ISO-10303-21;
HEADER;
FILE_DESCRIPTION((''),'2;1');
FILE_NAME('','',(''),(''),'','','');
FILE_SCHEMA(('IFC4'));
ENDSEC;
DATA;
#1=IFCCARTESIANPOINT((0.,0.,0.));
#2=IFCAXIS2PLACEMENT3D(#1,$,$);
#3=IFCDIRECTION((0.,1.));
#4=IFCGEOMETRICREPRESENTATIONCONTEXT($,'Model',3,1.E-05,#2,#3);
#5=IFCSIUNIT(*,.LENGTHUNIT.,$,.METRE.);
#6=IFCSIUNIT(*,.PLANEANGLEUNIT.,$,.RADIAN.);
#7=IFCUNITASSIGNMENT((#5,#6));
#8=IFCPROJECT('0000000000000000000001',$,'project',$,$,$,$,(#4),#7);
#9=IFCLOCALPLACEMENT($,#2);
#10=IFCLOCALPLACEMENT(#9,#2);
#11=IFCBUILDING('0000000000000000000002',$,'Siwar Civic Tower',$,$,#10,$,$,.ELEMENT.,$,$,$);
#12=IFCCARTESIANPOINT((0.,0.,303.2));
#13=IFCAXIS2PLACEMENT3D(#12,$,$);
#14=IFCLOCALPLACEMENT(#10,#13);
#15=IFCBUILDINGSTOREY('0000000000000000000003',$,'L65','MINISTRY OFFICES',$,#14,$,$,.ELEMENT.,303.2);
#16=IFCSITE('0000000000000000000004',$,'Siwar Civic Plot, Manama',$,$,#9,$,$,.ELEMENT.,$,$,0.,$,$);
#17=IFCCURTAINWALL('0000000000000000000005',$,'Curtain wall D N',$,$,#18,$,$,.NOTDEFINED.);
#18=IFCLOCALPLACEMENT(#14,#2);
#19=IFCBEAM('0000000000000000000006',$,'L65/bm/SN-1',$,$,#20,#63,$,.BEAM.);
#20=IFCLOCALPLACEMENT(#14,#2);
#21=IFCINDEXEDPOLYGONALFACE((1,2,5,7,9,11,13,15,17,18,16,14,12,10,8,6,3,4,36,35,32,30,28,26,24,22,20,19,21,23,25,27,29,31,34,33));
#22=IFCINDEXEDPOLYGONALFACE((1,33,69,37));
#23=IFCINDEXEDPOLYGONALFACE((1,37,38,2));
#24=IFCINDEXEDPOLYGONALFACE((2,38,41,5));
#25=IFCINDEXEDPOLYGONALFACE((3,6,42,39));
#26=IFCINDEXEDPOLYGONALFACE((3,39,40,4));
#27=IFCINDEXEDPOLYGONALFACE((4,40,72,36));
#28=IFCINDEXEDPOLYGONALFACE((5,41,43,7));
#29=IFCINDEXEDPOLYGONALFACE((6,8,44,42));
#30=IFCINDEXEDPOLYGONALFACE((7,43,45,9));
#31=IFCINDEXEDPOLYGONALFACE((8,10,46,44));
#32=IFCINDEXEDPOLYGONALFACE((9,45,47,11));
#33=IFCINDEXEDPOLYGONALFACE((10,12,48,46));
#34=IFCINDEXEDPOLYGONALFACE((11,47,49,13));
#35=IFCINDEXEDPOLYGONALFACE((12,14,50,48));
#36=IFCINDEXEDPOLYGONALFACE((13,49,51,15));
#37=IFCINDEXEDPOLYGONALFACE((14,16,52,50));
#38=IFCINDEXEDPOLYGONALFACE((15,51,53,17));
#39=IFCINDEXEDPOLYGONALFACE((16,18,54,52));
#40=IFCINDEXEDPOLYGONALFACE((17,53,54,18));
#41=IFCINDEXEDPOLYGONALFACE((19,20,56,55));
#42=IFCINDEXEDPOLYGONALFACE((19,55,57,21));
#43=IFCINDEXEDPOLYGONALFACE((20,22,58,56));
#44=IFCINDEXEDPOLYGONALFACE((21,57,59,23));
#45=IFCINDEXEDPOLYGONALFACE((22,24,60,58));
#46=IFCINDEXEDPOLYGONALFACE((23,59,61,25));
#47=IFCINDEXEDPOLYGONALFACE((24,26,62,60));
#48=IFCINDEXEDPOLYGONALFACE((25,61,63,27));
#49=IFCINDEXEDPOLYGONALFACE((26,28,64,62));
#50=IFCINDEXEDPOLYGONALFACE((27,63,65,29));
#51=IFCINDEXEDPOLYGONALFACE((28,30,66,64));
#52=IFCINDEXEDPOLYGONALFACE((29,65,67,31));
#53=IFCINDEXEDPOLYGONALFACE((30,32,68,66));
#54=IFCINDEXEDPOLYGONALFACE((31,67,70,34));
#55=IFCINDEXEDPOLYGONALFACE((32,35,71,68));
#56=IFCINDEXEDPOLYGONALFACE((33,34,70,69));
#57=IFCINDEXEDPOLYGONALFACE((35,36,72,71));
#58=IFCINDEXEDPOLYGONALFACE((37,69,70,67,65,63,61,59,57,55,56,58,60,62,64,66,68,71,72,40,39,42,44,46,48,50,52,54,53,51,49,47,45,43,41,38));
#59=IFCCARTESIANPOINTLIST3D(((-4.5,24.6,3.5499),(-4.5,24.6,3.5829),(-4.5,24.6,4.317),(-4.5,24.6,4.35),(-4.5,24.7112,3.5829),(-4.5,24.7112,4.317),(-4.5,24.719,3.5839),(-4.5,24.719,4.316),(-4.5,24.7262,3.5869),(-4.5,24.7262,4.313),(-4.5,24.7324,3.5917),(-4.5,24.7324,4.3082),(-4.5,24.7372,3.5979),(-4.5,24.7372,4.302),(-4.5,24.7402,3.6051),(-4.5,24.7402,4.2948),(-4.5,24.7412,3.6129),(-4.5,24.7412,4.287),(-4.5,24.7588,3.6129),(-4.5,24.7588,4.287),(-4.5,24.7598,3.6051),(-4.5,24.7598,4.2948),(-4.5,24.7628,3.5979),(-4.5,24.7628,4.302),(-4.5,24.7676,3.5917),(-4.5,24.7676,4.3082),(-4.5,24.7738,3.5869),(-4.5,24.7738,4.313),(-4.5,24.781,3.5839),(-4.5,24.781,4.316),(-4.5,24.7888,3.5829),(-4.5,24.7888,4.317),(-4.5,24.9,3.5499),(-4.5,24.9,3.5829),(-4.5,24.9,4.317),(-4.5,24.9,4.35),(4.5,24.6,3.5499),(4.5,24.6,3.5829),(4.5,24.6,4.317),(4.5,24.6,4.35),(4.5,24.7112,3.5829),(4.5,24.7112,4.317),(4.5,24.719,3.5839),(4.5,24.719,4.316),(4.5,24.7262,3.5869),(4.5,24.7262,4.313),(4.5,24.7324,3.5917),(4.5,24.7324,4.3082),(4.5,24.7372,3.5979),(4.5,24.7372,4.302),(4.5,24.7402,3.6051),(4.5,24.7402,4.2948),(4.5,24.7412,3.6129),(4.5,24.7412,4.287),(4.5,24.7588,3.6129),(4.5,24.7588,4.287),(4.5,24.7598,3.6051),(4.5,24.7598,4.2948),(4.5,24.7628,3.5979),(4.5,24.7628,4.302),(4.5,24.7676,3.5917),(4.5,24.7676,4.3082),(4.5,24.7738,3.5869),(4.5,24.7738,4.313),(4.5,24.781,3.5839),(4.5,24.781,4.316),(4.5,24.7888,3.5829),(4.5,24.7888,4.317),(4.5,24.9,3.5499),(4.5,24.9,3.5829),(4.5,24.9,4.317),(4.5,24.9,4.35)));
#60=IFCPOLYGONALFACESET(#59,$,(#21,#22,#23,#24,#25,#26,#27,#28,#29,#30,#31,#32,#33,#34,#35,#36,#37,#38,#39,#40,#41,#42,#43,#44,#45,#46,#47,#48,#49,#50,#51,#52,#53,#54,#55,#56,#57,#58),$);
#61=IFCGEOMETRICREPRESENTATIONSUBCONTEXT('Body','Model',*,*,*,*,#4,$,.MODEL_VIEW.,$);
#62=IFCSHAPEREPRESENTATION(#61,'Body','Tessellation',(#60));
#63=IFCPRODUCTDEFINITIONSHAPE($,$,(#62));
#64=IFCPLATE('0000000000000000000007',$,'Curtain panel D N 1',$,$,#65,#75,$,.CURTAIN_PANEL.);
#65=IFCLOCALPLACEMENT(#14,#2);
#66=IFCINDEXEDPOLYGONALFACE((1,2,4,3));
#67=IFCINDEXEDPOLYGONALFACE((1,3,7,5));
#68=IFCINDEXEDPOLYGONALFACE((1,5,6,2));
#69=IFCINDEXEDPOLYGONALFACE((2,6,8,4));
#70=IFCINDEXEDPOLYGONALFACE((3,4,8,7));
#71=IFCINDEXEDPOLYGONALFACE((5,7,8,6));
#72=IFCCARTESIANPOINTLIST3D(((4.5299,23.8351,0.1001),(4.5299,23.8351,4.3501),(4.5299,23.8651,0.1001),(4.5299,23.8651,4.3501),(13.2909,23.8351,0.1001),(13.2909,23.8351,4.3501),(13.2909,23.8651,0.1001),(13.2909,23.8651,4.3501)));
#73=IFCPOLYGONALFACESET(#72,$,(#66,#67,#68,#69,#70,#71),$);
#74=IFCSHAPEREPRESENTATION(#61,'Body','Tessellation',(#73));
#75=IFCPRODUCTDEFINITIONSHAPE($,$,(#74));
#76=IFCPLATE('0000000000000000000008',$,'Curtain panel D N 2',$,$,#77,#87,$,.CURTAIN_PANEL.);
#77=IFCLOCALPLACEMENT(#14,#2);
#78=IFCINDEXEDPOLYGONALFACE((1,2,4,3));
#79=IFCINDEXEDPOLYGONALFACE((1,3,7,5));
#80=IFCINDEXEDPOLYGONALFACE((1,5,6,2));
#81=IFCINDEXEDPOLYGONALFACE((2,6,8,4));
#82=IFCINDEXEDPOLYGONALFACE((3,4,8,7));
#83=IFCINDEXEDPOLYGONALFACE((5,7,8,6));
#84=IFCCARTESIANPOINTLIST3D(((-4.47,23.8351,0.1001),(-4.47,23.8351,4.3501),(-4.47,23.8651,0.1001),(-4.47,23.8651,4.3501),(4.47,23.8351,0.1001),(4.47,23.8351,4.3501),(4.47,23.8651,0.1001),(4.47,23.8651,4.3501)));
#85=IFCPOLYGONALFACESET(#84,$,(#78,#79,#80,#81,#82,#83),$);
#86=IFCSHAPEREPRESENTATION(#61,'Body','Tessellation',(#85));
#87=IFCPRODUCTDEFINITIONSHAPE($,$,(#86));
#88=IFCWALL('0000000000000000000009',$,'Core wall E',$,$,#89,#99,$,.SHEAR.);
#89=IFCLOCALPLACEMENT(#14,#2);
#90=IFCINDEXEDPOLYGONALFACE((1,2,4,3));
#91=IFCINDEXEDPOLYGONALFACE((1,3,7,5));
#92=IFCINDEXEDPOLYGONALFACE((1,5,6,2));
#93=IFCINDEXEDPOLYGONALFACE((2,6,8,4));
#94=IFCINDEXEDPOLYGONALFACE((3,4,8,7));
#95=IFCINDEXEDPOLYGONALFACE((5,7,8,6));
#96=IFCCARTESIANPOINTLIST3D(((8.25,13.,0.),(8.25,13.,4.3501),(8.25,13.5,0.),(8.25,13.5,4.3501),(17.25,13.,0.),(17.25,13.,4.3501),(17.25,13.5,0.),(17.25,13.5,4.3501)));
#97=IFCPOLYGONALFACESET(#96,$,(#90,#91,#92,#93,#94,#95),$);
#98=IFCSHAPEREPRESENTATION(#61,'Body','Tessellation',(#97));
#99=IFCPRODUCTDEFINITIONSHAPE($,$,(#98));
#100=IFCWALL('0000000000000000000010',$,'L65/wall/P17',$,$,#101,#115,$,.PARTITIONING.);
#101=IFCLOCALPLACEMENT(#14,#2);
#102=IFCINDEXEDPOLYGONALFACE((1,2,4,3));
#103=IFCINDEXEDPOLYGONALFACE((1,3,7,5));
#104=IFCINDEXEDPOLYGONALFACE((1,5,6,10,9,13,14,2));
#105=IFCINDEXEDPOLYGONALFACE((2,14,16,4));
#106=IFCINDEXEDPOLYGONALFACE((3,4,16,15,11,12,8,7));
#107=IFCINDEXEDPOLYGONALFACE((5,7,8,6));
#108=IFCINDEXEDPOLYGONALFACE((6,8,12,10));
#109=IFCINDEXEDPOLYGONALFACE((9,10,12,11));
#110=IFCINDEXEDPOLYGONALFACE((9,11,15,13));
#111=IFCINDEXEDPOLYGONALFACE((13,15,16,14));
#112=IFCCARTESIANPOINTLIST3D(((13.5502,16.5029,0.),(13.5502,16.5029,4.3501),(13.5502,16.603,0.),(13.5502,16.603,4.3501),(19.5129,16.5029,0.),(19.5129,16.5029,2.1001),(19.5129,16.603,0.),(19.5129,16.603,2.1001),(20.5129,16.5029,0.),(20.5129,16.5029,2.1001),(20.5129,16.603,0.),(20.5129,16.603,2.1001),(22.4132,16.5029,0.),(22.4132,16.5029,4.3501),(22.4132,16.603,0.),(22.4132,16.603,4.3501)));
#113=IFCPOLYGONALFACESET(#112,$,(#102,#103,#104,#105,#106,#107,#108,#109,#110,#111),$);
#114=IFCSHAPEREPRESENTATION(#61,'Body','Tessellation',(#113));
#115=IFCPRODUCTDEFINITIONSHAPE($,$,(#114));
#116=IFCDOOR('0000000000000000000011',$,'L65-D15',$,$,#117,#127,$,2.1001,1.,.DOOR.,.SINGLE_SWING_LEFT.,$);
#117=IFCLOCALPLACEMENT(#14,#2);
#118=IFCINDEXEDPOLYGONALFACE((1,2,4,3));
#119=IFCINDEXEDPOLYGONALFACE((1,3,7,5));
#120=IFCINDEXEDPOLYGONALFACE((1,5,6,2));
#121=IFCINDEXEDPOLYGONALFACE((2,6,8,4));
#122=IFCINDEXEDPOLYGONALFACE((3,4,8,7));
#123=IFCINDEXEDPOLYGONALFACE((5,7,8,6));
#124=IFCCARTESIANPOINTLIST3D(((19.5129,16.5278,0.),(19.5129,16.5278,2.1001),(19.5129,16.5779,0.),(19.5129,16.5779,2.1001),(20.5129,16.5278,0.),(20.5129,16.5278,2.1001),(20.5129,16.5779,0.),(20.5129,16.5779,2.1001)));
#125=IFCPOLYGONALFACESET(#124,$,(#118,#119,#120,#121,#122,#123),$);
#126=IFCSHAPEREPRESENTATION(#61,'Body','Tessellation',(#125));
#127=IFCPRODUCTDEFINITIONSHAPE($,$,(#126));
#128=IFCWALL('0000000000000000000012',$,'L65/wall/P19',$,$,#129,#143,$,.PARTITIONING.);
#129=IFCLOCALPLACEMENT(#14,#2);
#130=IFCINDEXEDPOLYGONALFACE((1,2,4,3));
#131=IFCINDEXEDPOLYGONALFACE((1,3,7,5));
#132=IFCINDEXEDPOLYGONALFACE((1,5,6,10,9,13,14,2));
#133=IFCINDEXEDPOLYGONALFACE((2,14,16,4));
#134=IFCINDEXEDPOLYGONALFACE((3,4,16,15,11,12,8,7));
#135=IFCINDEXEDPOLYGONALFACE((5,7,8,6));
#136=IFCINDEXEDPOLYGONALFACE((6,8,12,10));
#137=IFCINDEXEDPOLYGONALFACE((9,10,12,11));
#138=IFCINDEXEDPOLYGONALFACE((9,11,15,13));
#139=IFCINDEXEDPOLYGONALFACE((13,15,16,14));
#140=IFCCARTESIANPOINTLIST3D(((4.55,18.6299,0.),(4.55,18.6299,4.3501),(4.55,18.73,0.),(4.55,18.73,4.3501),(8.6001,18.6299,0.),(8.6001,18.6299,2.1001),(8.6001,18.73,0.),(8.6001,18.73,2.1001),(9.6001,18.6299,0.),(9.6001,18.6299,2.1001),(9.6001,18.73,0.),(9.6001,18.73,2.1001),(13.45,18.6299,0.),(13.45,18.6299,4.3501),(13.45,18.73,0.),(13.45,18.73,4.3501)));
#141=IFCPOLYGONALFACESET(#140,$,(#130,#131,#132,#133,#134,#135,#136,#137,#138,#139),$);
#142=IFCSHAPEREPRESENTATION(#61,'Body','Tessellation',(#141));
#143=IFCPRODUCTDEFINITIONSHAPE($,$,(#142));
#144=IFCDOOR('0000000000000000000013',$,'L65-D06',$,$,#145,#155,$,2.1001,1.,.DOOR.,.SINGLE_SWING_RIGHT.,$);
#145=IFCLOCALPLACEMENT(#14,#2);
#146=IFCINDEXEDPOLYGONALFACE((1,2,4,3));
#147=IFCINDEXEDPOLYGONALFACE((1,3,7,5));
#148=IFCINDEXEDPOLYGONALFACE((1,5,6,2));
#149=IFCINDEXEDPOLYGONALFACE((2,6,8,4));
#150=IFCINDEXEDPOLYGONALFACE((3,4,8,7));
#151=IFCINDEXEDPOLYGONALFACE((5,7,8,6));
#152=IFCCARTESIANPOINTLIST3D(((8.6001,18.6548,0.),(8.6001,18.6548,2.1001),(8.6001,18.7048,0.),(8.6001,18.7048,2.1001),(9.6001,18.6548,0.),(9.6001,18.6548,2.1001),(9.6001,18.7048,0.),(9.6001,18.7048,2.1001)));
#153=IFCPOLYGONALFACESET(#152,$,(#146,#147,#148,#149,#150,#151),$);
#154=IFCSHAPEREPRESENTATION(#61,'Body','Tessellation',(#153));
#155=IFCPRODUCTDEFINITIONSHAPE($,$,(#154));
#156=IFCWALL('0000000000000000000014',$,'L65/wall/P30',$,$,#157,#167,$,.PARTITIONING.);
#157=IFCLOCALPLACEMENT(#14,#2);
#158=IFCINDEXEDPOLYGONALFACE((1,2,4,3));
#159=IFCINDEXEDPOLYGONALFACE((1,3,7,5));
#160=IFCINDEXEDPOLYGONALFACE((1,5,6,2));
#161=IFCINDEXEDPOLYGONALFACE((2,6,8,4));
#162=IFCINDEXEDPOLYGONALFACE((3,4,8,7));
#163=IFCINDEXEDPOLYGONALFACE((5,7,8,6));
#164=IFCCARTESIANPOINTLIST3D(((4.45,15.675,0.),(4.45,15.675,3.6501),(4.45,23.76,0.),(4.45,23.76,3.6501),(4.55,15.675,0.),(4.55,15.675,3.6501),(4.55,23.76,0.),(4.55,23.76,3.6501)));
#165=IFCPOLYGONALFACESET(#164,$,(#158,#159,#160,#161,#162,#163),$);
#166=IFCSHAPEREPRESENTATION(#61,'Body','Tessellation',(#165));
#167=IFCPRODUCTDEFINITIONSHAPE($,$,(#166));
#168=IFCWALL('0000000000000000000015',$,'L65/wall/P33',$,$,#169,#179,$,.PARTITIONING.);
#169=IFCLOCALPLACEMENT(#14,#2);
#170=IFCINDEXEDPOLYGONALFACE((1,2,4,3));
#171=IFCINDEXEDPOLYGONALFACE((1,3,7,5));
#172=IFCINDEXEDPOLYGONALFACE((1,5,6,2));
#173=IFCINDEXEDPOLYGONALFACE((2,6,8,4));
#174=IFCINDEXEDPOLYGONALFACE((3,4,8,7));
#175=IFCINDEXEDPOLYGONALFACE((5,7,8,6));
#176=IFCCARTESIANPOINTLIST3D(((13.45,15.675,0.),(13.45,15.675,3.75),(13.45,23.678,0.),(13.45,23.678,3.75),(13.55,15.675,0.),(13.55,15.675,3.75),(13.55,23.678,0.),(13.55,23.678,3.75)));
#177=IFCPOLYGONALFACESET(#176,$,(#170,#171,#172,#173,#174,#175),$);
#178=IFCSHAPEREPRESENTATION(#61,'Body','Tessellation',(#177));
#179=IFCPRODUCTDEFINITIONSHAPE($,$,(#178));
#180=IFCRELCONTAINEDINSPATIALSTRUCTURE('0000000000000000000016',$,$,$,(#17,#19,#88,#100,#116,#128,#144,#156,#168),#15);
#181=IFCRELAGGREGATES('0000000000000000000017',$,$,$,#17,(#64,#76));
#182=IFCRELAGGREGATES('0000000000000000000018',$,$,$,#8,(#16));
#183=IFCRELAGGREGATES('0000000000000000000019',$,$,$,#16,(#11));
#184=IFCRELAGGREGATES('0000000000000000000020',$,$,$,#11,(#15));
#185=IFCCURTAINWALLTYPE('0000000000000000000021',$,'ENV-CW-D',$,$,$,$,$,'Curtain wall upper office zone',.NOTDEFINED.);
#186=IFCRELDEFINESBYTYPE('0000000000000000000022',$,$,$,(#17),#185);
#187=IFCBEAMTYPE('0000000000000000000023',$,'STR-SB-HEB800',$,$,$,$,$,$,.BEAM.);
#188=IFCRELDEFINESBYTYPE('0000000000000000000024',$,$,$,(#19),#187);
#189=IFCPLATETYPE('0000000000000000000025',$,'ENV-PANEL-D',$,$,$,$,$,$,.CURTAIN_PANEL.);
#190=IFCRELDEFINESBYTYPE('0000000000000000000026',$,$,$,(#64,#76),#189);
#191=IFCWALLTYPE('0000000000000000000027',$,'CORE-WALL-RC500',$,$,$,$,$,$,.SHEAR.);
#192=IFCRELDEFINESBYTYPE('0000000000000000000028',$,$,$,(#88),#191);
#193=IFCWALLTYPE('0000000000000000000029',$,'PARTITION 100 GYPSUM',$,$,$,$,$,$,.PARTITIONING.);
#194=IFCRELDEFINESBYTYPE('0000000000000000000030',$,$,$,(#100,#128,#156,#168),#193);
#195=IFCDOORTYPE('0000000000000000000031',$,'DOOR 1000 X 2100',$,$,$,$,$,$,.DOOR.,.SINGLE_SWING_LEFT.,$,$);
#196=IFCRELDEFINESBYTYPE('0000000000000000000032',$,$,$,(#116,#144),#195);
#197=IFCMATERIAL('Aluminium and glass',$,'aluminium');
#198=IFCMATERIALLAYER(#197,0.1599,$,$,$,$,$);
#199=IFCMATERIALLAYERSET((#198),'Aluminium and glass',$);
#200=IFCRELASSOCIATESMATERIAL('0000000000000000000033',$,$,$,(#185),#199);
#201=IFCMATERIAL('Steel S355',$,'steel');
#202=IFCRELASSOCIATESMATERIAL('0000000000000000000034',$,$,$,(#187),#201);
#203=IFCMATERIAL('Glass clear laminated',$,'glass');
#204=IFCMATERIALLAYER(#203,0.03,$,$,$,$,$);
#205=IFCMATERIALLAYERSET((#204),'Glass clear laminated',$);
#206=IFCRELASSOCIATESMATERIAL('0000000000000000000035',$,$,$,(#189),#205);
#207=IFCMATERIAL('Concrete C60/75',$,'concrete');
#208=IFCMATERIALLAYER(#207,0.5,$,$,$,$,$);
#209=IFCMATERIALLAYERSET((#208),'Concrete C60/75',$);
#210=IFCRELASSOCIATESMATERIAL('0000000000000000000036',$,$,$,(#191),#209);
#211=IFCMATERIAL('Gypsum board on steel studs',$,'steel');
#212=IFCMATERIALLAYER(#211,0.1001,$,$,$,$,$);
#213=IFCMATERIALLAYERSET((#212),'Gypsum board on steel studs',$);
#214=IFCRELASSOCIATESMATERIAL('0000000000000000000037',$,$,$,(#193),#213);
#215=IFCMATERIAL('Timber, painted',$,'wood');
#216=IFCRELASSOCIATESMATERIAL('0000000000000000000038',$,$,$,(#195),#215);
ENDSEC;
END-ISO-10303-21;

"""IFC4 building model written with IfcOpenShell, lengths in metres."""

from ifc_helpers import new_model, si_unit, direction, frame, frame_2d, origin, origin_2d, place, context, subcontext, project, spatial, rectangle, i_section, extrude, material, layer, layer_set, material_profile, profile_set, type_object, element, fill, aggregate, save


model = new_model("IFC4")

# Units and contexts
model_context = context("Model", 3, precision=1e-05, world=origin(), true_north=direction((0.0, 1.0)))
body_context = subcontext(model_context, "Body", "Model", "MODEL_VIEW")
ifc_project = project(units=[si_unit("LENGTHUNIT", "METRE"), si_unit("PLANEANGLEUNIT", "RADIAN")], contexts=[model_context])

# Site, building, storey
site_placement = place(None, origin())
site = spatial("IfcSite", under=ifc_project, at=site_placement, Name="Siwar Civic Plot, Manama", CompositionType="ELEMENT", RefElevation=0.0)
building_placement = place(site_placement, origin())
building = spatial("IfcBuilding", under=site, at=building_placement, Name="Siwar Civic Tower", CompositionType="ELEMENT")
storey_placement = place(building_placement, frame((0.0, 0.0, 303.2)))
storey = spatial("IfcBuildingStorey", under=building, at=storey_placement, Name="L65", Description="MINISTRY OFFICES", CompositionType="ELEMENT", Elevation=303.2)

# Curtain wall
ifc_material_1 = material(Name="Aluminium and glass", Category="aluminium")
ifc_layer_1 = layer(ifc_material_1, 0.1599)
ifc_layer_set_1 = layer_set([ifc_layer_1], Name="Aluminium and glass")
curtain_wall_type = type_object("IfcCurtainWallType", Name="ENV-CW-D", ElementType="Curtain wall upper office zone", PredefinedType="NOTDEFINED", material=ifc_layer_set_1)
curtain_wall_placement = place(storey_placement, origin())
curtain_wall = element("IfcCurtainWall", 1, at=curtain_wall_placement, inside=storey, type_object=curtain_wall_type, Name="Curtain wall D N", PredefinedType="NOTDEFINED")

# Beam
ifc_material_2 = material(Name="Steel S355", Category="steel")
ifc_material_profile_1 = material_profile(ifc_material_2, i_section(OverallWidth=0.3, OverallDepth=0.8, WebThickness=0.0176, FlangeThickness=0.033, FilletRadius=0.03, at=origin_2d()), Name="HEB800")
ifc_profile_set_1 = profile_set([ifc_material_profile_1], Name="Steel S355")
beam_type_1 = type_object("IfcBeamType", Name="STR-SB-HEB800", PredefinedType="BEAM", material=ifc_profile_set_1)
for number, where, z_axis, x_axis, name in (
    (2, (4.5, 24.75, 3.95), (-1.0, 0.0, 0.0), (0.0, -1.0, 0.0), "L65/bm/SN-1"),
):
    element("IfcBeam", number, at=place(storey_placement, frame(where, z_axis=z_axis, x_axis=x_axis)), inside=storey, type_object=beam_type_1, Name=name, PredefinedType="BEAM", context=body_context, shape_type="SweptSolid", body=[
        extrude(i_section(OverallWidth=0.3, OverallDepth=0.8, WebThickness=0.0176, FlangeThickness=0.033, FilletRadius=0.03, at=origin_2d()), origin(), (0.0, 0.0, 1.0), 9.0),
    ])

# Plates
ifc_material_3 = material(Name="Glass clear laminated", Category="glass")
ifc_layer_2 = layer(ifc_material_3, 0.03)
ifc_layer_set_2 = layer_set([ifc_layer_2], Name="Glass clear laminated")
plate_type = type_object("IfcPlateType", Name="ENV-PANEL-D", PredefinedType="CURTAIN_PANEL", material=ifc_layer_set_2)
plate_1_placement = place(storey_placement, frame((8.9104, 23.8501, 0.1001), z_axis=(0.0, 0.0, 1.0), x_axis=(-1.0, 0.0, 0.0)))
plate_1 = element("IfcPlate", 3, at=plate_1_placement, type_object=plate_type, Name="Curtain panel D N 1", PredefinedType="CURTAIN_PANEL", context=body_context, shape_type="SweptSolid", body=[
    extrude(rectangle(XDim=8.761, YDim=0.03, at=origin_2d()), origin(), (0.0, 0.0, 1.0), 4.25),
])
plate_2_placement = place(storey_placement, frame((0.0, 23.8501, 0.1001), z_axis=(0.0, 0.0, 1.0), x_axis=(-1.0, 0.0, 0.0)))
plate_2 = element("IfcPlate", 4, at=plate_2_placement, type_object=plate_type, Name="Curtain panel D N 2", PredefinedType="CURTAIN_PANEL", context=body_context, shape_type="SweptSolid", body=[
    extrude(rectangle(XDim=8.9399, YDim=0.03, at=origin_2d()), origin(), (0.0, 0.0, 1.0), 4.25),
])
aggregate(curtain_wall, [plate_1, plate_2])

# Wall
ifc_material_4 = material(Name="Concrete C60/75", Category="concrete")
ifc_layer_3 = layer(ifc_material_4, 0.5)
ifc_layer_set_3 = layer_set([ifc_layer_3], Name="Concrete C60/75")
wall_type_1 = type_object("IfcWallType", Name="CORE-WALL-RC500", PredefinedType="SHEAR", material=ifc_layer_set_3)
wall_1_placement = place(storey_placement, frame((8.25, 13.25, 0.0), z_axis=(0.0, 0.0, 1.0), x_axis=(1.0, 0.0, 0.0)))
element("IfcWall", 5, at=wall_1_placement, inside=storey, type_object=wall_type_1, Name="Core wall E", PredefinedType="SHEAR", context=body_context, shape_type="SweptSolid", body=[
    extrude(rectangle(XDim=9.0, YDim=0.5, at=frame_2d((4.5, 0.0))), origin(), (0.0, 0.0, 1.0), 4.3501),
])

# Walls, openings, doors
ifc_material_5 = material(Name="Gypsum board on steel studs", Category="steel")
ifc_layer_4 = layer(ifc_material_5, 0.1001)
ifc_layer_set_4 = layer_set([ifc_layer_4], Name="Gypsum board on steel studs")
wall_type_2 = type_object("IfcWallType", Name="PARTITION 100 GYPSUM", PredefinedType="PARTITIONING", material=ifc_layer_set_4)
wall_2_placement = place(storey_placement, frame((13.55, 16.553, 0.0), z_axis=(0.0, 0.0, 1.0), x_axis=(1.0, 0.0, 0.0)))
wall_2 = element("IfcWall", 6, at=wall_2_placement, inside=storey, type_object=wall_type_2, Name="L65/wall/P17", PredefinedType="PARTITIONING", context=body_context, shape_type="SweptSolid", body=[
    extrude(rectangle(XDim=8.863, YDim=0.1001, at=frame_2d((4.4316, 0.0))), origin(), (0.0, 0.0, 1.0), 4.3501),
])
opening_1_placement = place(wall_2_placement, frame((5.9629, 0.0, 0.0)))
opening_1 = element("IfcOpeningElement", 7, at=opening_1_placement, cuts=wall_2, PredefinedType="OPENING", context=body_context, shape_type="SweptSolid", body=[
    extrude(rectangle(XDim=1.0, YDim=2.1001, at=frame_2d((0.5, 1.05))), frame((0.0, 0.0601, 0.0), z_axis=(0.0, -1.0, 0.0), x_axis=(1.0, 0.0, 0.0)), (0.0, 0.0, 1.0), 0.1201),
])
ifc_material_6 = material(Name="Timber, painted", Category="wood")
door_type = type_object("IfcDoorType", Name="DOOR 1000 X 2100", OperationType="SINGLE_SWING_LEFT", PredefinedType="DOOR", material=ifc_material_6)
door_1_placement = place(opening_1_placement, origin())
door_1 = element("IfcDoor", 8, at=door_1_placement, inside=storey, type_object=door_type, Name="L65-D15", OperationType="SINGLE_SWING_LEFT", OverallHeight=2.1001, OverallWidth=1.0, PredefinedType="DOOR", context=body_context, shape_type="SweptSolid", body=[
    extrude(rectangle(XDim=1.0, YDim=2.1001, at=frame_2d((0.5, 1.05))), frame((0.0, 0.0249, 0.0), z_axis=(0.0, -1.0, 0.0), x_axis=(1.0, 0.0, 0.0)), (0.0, 0.0, 1.0), 0.05),
])
fill(opening_1, door_1)
wall_3_placement = place(storey_placement, frame((4.55, 18.6799, 0.0), z_axis=(0.0, 0.0, 1.0), x_axis=(1.0, 0.0, 0.0)))
wall_3 = element("IfcWall", 9, at=wall_3_placement, inside=storey, type_object=wall_type_2, Name="L65/wall/P19", PredefinedType="PARTITIONING", context=body_context, shape_type="SweptSolid", body=[
    extrude(rectangle(XDim=8.8999, YDim=0.1001, at=frame_2d((4.45, 0.0))), origin(), (0.0, 0.0, 1.0), 4.3501),
])
opening_2_placement = place(wall_3_placement, frame((4.05, 0.0, 0.0)))
opening_2 = element("IfcOpeningElement", 10, at=opening_2_placement, cuts=wall_3, PredefinedType="OPENING", context=body_context, shape_type="SweptSolid", body=[
    extrude(rectangle(XDim=1.0, YDim=2.1001, at=frame_2d((0.5, 1.05))), frame((0.0, 0.0601, 0.0), z_axis=(0.0, -1.0, 0.0), x_axis=(1.0, 0.0, 0.0)), (0.0, 0.0, 1.0), 0.1201),
])
door_2_placement = place(opening_2_placement, origin())
door_2 = element("IfcDoor", 11, at=door_2_placement, inside=storey, type_object=door_type, Name="L65-D06", OperationType="SINGLE_SWING_RIGHT", OverallHeight=2.1001, OverallWidth=1.0, PredefinedType="DOOR", context=body_context, shape_type="SweptSolid", body=[
    extrude(rectangle(XDim=1.0, YDim=2.1001, at=frame_2d((0.5, 1.05))), frame((0.0, 0.0249, 0.0), z_axis=(0.0, -1.0, 0.0), x_axis=(1.0, 0.0, 0.0)), (0.0, 0.0, 1.0), 0.05),
])
fill(opening_2, door_2)

# Walls
wall_4_placement = place(storey_placement, frame((4.5, 15.675, 0.0), z_axis=(0.0, 0.0, 1.0), x_axis=(0.0, 1.0, 0.0)))
element("IfcWall", 12, at=wall_4_placement, inside=storey, type_object=wall_type_2, Name="L65/wall/P30", PredefinedType="PARTITIONING", context=body_context, shape_type="SweptSolid", body=[
    extrude(rectangle(XDim=8.085, YDim=0.1001, at=frame_2d((4.0425, 0.0))), origin(), (0.0, 0.0, 1.0), 3.6501),
])
wall_5_placement = place(storey_placement, frame((13.5, 15.675, 0.0), z_axis=(0.0, 0.0, 1.0), x_axis=(0.0, 1.0, 0.0)))
element("IfcWall", 13, at=wall_5_placement, inside=storey, type_object=wall_type_2, Name="L65/wall/P33", PredefinedType="PARTITIONING", context=body_context, shape_type="SweptSolid", body=[
    extrude(rectangle(XDim=8.0029, YDim=0.1001, at=frame_2d((4.0015, 0.0))), origin(), (0.0, 0.0, 1.0), 3.75),
])

save(model, "model.ifc")
